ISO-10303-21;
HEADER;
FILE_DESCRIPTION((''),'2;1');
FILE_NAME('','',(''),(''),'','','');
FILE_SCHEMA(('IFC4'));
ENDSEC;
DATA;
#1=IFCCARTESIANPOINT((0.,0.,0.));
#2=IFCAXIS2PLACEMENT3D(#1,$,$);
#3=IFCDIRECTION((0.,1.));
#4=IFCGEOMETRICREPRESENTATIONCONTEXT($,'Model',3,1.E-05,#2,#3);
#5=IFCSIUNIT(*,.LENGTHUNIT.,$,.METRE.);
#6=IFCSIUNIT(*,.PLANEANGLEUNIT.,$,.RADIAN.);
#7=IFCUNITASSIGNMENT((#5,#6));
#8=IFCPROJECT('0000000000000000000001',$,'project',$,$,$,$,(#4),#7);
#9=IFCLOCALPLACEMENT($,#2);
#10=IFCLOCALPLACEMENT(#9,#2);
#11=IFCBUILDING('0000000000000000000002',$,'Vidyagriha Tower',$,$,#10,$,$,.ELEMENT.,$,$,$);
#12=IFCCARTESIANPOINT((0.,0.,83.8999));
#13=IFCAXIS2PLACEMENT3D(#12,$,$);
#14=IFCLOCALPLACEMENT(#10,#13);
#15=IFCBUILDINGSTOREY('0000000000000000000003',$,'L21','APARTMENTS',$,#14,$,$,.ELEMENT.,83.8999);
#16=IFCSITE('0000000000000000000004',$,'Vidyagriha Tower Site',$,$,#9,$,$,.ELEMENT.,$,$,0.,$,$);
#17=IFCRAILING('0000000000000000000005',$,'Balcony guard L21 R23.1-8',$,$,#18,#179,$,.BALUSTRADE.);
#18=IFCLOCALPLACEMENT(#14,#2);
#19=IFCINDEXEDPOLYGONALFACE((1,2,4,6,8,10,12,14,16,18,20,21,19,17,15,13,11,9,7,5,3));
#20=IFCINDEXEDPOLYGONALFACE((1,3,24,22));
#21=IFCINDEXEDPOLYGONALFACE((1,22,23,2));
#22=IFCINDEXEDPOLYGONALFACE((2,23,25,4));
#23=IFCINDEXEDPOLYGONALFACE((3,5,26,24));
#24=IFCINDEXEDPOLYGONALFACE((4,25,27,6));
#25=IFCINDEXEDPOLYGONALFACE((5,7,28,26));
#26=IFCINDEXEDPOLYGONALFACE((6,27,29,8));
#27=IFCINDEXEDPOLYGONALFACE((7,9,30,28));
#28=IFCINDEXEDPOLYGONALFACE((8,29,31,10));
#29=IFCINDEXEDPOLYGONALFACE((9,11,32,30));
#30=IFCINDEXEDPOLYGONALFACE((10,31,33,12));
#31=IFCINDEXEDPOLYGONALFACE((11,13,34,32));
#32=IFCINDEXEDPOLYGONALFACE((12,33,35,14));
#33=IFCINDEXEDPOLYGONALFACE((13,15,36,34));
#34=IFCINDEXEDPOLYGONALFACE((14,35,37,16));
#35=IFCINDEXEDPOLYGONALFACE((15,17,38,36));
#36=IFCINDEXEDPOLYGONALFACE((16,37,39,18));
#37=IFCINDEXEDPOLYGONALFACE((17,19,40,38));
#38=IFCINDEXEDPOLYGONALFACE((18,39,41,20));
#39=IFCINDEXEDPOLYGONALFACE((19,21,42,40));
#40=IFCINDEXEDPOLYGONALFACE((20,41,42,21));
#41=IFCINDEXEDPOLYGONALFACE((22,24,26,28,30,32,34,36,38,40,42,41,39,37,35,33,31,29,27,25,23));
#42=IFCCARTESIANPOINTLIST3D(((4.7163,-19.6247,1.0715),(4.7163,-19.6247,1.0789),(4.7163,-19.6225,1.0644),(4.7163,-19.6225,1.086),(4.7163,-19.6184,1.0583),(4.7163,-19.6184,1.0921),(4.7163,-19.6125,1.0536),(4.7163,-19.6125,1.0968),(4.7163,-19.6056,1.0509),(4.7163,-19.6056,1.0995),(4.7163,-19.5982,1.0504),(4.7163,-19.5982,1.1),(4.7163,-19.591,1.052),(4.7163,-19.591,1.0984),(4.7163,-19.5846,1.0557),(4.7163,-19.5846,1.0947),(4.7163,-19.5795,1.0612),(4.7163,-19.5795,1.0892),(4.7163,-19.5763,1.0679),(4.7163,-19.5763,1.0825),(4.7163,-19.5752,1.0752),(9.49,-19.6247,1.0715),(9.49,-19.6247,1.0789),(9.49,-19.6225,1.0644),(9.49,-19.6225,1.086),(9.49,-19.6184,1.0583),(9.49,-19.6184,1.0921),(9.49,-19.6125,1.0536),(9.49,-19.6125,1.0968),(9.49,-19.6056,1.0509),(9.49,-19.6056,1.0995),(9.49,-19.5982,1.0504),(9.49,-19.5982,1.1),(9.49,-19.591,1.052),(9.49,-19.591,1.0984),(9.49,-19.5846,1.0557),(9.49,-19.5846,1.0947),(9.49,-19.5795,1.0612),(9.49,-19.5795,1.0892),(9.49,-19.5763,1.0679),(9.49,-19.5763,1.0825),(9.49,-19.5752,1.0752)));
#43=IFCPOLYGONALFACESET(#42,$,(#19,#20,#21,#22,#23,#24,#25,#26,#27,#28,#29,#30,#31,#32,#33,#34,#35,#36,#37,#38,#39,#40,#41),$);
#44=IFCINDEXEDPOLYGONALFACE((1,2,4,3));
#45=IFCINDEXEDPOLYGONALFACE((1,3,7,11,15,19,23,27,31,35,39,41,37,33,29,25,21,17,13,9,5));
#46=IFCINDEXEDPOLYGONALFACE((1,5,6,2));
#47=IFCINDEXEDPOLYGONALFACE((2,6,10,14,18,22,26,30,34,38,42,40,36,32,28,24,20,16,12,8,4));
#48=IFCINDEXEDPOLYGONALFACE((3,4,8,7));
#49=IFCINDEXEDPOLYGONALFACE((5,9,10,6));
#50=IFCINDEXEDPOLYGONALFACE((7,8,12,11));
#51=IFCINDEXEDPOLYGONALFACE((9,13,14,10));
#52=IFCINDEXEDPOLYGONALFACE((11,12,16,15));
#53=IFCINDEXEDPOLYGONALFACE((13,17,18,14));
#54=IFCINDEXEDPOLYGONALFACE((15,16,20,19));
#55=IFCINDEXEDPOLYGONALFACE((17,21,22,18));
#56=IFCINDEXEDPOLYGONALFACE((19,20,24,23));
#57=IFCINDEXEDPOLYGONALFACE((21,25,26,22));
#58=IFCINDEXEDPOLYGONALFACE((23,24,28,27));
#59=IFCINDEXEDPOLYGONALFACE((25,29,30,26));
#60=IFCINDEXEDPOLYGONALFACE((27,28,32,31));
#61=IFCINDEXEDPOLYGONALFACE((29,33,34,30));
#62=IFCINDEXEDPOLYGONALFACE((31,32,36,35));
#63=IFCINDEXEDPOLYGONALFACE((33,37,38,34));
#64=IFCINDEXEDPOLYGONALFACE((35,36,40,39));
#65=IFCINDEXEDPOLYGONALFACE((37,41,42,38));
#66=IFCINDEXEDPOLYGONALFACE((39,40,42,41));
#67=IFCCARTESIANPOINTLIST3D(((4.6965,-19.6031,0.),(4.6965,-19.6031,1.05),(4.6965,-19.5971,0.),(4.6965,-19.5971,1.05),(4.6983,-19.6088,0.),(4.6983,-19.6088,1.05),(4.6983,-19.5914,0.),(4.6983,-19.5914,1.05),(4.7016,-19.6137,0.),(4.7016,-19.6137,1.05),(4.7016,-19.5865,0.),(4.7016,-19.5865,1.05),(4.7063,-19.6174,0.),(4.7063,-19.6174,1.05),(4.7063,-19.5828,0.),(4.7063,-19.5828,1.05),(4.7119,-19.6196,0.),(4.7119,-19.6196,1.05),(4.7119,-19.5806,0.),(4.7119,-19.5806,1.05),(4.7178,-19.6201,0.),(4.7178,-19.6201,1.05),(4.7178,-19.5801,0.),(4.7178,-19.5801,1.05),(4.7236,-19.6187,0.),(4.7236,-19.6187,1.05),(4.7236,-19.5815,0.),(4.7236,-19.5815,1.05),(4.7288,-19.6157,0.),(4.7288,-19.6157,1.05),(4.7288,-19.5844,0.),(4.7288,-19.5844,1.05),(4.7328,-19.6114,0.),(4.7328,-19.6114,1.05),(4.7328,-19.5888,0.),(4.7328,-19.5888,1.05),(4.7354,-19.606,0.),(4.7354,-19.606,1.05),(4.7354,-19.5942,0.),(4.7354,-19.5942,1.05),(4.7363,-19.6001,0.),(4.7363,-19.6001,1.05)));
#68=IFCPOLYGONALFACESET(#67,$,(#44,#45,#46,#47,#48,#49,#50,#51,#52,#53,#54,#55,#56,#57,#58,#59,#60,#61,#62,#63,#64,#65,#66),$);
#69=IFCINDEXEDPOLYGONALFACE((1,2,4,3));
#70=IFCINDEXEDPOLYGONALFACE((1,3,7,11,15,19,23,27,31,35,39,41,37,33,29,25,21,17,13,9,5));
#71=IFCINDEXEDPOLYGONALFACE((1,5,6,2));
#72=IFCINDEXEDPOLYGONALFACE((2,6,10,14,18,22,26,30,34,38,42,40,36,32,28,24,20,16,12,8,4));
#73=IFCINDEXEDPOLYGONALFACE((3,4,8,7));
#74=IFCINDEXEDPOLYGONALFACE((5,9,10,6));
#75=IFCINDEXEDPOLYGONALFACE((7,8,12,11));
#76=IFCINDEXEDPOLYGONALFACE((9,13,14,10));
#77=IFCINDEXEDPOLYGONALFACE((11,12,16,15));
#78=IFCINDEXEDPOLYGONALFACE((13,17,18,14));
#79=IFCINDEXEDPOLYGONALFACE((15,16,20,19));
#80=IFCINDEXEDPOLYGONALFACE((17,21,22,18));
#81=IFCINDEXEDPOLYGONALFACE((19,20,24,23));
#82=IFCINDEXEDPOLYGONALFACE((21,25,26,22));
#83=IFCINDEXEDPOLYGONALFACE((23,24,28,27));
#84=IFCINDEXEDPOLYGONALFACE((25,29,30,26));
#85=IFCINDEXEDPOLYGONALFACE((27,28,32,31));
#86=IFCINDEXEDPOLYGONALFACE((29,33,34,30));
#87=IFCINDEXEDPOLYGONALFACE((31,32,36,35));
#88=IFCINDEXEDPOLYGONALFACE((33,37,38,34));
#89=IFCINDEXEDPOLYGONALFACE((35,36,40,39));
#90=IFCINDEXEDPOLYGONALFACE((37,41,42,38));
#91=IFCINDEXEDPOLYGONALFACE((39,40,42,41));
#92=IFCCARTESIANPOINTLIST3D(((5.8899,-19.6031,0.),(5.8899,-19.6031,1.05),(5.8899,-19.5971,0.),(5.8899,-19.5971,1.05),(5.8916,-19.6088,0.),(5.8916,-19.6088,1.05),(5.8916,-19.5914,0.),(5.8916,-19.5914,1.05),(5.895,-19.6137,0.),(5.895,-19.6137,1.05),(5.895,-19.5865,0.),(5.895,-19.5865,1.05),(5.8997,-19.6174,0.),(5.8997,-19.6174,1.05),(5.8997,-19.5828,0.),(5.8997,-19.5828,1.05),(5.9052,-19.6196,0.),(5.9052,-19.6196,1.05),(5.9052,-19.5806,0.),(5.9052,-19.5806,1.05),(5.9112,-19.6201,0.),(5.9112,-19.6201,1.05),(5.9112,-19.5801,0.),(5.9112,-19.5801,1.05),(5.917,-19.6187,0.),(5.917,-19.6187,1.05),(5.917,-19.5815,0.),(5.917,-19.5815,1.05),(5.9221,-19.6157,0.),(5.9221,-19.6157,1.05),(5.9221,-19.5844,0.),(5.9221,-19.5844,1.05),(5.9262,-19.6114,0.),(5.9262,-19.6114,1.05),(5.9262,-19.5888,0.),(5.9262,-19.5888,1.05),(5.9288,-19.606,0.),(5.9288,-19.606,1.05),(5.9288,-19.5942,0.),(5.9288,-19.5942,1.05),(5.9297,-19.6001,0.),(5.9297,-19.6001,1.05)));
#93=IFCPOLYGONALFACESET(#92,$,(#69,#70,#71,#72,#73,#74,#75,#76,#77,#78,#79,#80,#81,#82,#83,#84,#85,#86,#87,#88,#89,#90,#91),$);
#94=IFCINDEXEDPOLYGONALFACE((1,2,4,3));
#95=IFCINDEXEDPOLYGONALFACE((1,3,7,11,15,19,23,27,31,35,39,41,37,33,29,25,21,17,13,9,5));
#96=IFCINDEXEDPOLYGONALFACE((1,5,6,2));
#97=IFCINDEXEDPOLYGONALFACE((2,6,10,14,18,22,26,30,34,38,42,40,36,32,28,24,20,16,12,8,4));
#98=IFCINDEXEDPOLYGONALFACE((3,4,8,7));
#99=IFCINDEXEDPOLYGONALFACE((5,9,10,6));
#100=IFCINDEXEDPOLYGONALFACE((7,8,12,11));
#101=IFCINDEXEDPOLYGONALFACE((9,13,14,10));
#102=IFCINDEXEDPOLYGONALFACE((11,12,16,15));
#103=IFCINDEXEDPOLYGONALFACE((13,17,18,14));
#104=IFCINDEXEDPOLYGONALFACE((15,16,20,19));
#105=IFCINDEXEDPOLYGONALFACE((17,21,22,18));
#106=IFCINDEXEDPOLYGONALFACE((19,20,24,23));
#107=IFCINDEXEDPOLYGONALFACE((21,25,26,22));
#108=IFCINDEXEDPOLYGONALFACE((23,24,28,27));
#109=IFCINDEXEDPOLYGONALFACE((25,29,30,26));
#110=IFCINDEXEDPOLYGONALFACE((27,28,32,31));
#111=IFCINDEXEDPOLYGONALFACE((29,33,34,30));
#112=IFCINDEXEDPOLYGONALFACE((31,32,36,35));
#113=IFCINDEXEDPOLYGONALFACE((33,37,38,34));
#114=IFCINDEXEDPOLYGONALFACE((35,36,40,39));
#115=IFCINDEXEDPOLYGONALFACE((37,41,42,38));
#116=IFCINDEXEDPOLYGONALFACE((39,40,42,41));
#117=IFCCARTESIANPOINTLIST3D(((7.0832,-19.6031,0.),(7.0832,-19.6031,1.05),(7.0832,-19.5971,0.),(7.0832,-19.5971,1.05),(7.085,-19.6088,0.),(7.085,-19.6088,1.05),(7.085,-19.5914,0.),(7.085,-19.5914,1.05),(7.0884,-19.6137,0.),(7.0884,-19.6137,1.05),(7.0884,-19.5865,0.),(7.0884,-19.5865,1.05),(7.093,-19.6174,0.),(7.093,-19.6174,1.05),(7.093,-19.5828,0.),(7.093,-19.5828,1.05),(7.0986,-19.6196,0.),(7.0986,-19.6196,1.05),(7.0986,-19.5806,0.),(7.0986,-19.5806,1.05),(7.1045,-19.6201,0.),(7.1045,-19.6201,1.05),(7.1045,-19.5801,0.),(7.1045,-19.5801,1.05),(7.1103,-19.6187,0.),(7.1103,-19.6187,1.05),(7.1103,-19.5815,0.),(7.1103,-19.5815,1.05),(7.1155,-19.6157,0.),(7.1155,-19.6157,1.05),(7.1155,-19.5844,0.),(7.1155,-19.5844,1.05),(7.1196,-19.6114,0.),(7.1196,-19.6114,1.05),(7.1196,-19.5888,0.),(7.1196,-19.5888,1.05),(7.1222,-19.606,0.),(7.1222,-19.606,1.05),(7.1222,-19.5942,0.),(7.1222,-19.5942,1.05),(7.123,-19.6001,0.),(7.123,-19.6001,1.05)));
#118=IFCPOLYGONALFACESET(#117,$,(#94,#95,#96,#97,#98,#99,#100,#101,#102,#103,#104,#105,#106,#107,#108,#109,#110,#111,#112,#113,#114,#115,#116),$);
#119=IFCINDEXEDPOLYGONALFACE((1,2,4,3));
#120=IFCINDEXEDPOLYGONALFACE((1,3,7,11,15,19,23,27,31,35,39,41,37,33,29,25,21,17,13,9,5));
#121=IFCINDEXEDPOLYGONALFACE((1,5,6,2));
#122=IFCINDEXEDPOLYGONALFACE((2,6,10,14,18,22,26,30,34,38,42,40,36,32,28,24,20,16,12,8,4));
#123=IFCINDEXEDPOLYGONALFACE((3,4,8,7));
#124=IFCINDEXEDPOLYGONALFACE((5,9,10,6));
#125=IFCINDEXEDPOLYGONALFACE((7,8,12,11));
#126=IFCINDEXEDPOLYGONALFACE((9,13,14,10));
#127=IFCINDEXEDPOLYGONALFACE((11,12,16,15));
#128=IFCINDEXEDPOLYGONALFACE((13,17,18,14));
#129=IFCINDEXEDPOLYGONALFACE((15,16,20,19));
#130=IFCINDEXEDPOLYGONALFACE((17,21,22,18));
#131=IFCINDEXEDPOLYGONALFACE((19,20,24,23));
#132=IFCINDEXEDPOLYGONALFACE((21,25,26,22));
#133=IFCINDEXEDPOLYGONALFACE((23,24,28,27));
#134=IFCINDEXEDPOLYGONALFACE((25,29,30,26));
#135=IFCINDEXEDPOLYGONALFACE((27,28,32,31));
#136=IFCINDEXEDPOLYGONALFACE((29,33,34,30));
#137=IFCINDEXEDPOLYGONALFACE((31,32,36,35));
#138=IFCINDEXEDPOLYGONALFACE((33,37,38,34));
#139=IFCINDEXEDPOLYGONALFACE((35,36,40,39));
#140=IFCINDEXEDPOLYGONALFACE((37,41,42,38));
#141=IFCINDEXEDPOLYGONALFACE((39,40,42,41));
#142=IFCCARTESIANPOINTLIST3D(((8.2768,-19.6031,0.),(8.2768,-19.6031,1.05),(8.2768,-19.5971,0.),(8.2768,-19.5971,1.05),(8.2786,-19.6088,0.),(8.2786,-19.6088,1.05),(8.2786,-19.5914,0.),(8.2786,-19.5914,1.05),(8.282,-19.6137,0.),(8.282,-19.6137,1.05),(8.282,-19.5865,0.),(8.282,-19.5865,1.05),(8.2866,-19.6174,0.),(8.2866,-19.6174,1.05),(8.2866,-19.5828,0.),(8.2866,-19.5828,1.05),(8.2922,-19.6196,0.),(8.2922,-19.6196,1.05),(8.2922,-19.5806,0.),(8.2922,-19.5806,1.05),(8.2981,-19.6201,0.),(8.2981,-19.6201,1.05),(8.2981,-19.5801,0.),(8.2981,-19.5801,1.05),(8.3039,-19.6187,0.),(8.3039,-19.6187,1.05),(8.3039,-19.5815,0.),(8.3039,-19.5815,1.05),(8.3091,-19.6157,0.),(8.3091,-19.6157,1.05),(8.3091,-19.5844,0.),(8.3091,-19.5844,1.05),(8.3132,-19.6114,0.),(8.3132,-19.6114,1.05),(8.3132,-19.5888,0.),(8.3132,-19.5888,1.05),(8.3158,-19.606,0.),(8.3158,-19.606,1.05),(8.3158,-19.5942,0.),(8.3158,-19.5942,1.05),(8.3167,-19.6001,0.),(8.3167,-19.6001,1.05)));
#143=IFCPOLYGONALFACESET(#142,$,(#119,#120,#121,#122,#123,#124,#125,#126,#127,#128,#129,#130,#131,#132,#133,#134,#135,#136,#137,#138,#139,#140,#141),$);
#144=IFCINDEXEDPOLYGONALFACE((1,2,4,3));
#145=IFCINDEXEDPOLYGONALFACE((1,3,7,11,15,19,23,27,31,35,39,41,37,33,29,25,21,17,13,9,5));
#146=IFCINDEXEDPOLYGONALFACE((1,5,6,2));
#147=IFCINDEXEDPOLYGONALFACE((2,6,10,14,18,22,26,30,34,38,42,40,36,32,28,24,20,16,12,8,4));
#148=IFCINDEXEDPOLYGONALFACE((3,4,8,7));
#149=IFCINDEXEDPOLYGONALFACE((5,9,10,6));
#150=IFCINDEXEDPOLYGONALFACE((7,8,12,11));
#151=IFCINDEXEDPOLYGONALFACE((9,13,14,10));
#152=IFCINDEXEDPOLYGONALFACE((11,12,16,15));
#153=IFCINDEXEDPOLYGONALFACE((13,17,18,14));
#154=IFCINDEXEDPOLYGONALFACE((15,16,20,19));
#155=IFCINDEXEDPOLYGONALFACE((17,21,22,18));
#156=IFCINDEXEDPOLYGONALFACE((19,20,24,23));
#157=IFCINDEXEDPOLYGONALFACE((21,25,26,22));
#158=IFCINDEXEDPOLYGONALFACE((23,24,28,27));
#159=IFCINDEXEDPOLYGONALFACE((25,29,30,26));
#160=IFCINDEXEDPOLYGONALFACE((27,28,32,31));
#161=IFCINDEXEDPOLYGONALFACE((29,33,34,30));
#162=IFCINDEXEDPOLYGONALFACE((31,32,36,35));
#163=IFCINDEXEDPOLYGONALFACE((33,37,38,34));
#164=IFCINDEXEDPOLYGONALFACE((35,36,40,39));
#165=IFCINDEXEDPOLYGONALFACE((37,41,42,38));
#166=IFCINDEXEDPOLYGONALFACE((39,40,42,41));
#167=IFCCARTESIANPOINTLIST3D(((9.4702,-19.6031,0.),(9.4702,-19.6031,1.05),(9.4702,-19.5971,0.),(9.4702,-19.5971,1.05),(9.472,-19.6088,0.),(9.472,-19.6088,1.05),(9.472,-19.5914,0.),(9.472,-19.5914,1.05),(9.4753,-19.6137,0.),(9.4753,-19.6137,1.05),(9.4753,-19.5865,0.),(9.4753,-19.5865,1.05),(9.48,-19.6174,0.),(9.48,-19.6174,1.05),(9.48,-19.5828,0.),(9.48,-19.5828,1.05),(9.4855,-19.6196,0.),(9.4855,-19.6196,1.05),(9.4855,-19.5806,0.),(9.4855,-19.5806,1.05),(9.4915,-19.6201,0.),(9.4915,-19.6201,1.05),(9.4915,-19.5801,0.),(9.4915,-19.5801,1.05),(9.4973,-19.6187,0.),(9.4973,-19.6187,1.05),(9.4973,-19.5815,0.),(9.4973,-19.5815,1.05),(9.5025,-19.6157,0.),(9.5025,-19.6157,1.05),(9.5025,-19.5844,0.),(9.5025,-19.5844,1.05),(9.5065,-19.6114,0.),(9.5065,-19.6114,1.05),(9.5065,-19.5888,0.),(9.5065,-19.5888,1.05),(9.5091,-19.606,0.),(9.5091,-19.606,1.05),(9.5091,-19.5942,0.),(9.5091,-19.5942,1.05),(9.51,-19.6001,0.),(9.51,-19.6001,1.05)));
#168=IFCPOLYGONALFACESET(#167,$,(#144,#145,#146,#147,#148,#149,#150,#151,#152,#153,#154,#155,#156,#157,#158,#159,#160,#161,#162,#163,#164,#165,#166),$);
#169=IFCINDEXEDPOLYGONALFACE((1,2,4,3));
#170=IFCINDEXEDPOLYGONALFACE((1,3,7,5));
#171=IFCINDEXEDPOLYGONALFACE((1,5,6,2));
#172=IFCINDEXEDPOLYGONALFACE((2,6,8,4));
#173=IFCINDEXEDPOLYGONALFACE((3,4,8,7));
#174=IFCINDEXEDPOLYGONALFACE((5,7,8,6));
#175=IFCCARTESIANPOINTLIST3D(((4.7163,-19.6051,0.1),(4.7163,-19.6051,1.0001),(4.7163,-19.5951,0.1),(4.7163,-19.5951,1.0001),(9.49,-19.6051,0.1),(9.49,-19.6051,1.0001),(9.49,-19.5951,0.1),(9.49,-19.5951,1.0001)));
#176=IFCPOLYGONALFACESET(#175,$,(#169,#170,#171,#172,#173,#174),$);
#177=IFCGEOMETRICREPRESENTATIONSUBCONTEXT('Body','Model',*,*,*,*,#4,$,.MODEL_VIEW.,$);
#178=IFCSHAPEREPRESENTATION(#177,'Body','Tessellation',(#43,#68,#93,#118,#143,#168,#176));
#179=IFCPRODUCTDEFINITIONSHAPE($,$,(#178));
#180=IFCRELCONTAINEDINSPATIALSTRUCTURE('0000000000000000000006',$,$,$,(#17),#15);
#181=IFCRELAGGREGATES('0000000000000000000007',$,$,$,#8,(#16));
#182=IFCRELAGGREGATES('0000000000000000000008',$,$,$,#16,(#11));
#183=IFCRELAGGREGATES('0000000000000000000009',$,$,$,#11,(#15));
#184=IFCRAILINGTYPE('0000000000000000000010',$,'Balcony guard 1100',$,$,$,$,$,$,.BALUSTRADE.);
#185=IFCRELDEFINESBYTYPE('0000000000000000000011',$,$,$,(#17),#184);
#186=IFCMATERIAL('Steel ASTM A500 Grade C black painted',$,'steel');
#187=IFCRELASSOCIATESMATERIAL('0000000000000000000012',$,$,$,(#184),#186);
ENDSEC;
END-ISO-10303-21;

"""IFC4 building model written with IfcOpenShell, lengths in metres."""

from ifc_helpers import new_model, si_unit, direction, frame, origin, origin_2d, place, context, subcontext, project, spatial, rectangle, circle, extrude, material, type_object, element, save


model = new_model("IFC4")

# Units and contexts
model_context = context("Model", 3, precision=1e-05, world=origin(), true_north=direction((0.0, 1.0)))
body_context = subcontext(model_context, "Body", "Model", "MODEL_VIEW")
ifc_project = project(units=[si_unit("LENGTHUNIT", "METRE"), si_unit("PLANEANGLEUNIT", "RADIAN")], contexts=[model_context])

# Site, building, storey
site_placement = place(None, origin())
site = spatial("IfcSite", under=ifc_project, at=site_placement, Name="Vidyagriha Tower Site", CompositionType="ELEMENT", RefElevation=0.0)
building_placement = place(site_placement, origin())
building = spatial("IfcBuilding", under=site, at=building_placement, Name="Vidyagriha Tower", CompositionType="ELEMENT")
storey_placement = place(building_placement, frame((0.0, 0.0, 83.8999)))
storey = spatial("IfcBuildingStorey", under=building, at=storey_placement, Name="L21", Description="APARTMENTS", CompositionType="ELEMENT", Elevation=83.8999)

# Railing
ifc_material_1 = material(Name="Steel ASTM A500 Grade C black painted", Category="steel")
railing_type = type_object("IfcRailingType", Name="Balcony guard 1100", PredefinedType="BALUSTRADE", material=ifc_material_1)
railing_1_placement = place(storey_placement, frame((4.7163, -19.6001, 0.0)))
element("IfcRailing", 1, at=railing_1_placement, inside=storey, type_object=railing_type, Name="Balcony guard L21 R23.1-8", PredefinedType="BALUSTRADE", context=body_context, shape_type="SweptSolid", body=[
    extrude(circle(Radius=0.0249, at=origin_2d()), frame((0.0, 0.0, 1.0752), z_axis=(1.0, 0.0, 0.0), x_axis=(0.0, 1.0, 0.0)), (0.0, 0.0, 1.0), 4.7737),
    extrude(circle(Radius=0.02, at=origin_2d()), origin(), (0.0, 0.0, 1.0), 1.05),
    extrude(circle(Radius=0.02, at=origin_2d()), frame((1.1934, 0.0, 0.0)), (0.0, 0.0, 1.0), 1.05),
    extrude(circle(Radius=0.02, at=origin_2d()), frame((2.3867, 0.0, 0.0)), (0.0, 0.0, 1.0), 1.05),
    extrude(circle(Radius=0.02, at=origin_2d()), frame((3.5803, 0.0, 0.0)), (0.0, 0.0, 1.0), 1.05),
    extrude(circle(Radius=0.02, at=origin_2d()), frame((4.7737, 0.0, 0.0)), (0.0, 0.0, 1.0), 1.05),
    extrude(rectangle(XDim=0.01, YDim=0.9001, at=origin_2d()), frame((0.0, 0.0, 0.55), z_axis=(1.0, 0.0, 0.0), x_axis=(0.0, 1.0, 0.0)), (0.0, 0.0, 1.0), 4.7737),
])

save(model, "model.ifc")
